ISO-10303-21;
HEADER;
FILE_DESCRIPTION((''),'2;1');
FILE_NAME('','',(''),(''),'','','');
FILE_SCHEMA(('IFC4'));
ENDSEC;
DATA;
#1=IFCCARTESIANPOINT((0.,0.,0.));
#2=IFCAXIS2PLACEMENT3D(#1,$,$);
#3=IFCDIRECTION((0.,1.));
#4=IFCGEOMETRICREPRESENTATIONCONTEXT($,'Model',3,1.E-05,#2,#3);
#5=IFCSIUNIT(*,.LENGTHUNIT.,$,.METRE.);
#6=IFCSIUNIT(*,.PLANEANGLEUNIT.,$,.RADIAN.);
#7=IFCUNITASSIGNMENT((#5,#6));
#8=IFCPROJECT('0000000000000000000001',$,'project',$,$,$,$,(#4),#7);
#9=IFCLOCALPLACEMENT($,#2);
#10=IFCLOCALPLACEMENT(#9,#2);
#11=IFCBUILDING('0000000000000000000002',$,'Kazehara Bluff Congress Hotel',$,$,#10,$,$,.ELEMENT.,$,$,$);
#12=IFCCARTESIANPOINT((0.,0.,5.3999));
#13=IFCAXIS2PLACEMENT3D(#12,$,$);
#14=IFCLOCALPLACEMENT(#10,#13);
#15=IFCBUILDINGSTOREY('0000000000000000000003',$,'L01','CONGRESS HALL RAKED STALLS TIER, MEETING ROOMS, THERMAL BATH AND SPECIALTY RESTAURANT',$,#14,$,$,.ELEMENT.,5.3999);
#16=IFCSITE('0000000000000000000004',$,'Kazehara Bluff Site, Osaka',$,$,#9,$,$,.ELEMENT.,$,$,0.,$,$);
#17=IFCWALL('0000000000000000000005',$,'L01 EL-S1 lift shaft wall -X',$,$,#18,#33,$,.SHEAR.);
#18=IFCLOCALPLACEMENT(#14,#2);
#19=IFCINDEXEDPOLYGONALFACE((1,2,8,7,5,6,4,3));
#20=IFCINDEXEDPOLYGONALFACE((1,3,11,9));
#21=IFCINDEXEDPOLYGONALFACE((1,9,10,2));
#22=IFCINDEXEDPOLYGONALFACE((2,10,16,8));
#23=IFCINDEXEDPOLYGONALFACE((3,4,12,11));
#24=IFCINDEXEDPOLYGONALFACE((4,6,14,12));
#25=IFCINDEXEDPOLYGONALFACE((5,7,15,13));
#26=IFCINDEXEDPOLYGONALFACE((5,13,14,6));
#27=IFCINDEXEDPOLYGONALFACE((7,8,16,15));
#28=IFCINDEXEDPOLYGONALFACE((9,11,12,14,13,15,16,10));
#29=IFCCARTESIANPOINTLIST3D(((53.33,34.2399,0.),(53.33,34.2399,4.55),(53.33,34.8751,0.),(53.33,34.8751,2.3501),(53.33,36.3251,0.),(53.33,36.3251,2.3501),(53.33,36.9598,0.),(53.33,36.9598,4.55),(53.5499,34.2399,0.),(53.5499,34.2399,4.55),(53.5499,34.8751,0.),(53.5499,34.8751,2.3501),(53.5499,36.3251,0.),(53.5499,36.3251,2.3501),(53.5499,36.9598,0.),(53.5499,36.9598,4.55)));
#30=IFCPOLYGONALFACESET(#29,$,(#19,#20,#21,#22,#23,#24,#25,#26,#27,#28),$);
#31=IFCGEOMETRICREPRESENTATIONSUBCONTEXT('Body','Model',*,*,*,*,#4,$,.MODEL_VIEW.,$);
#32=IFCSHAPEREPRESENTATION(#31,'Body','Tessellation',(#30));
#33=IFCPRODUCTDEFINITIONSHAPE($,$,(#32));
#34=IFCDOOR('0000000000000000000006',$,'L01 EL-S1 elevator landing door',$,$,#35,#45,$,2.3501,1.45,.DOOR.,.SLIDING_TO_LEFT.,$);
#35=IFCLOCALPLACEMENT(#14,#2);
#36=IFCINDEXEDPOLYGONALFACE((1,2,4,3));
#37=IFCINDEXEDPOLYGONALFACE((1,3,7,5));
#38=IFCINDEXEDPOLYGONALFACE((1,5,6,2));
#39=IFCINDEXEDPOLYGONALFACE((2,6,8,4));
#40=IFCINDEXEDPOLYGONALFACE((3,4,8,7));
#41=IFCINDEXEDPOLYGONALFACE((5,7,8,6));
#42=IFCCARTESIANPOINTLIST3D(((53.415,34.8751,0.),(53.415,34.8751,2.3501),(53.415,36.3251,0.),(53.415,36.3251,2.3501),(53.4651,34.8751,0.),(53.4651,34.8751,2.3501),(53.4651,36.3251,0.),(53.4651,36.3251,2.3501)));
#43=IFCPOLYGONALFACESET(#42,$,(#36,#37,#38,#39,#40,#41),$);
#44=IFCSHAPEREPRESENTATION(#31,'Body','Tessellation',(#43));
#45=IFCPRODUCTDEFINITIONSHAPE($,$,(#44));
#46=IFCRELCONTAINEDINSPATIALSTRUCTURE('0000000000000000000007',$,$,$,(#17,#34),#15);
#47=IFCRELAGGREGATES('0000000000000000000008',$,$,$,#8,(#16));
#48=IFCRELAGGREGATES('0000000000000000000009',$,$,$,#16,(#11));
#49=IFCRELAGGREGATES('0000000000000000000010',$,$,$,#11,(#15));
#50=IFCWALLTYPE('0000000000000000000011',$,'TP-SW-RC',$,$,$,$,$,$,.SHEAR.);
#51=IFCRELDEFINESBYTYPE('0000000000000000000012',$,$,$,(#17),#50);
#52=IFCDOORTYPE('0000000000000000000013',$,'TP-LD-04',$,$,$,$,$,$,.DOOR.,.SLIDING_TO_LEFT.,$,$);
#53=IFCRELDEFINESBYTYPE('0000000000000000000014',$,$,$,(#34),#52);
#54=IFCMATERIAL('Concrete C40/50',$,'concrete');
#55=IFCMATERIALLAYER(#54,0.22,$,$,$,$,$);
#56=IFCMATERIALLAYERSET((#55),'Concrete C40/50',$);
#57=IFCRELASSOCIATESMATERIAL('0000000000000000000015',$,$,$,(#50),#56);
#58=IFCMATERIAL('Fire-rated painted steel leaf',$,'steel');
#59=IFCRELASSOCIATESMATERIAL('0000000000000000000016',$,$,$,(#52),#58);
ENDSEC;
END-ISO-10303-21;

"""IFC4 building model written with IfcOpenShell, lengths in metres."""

from ifc_helpers import new_model, si_unit, direction, frame, frame_2d, origin, place, context, subcontext, project, spatial, rectangle, extrude, material, layer, layer_set, type_object, element, fill, save


model = new_model("IFC4")

# Units and contexts
model_context = context("Model", 3, precision=1e-05, world=origin(), true_north=direction((0.0, 1.0)))
body_context = subcontext(model_context, "Body", "Model", "MODEL_VIEW")
ifc_project = project(units=[si_unit("LENGTHUNIT", "METRE"), si_unit("PLANEANGLEUNIT", "RADIAN")], contexts=[model_context])

# Site, building, storey
site_placement = place(None, origin())
site = spatial("IfcSite", under=ifc_project, at=site_placement, Name="Kazehara Bluff Site, Osaka", CompositionType="ELEMENT", RefElevation=0.0)
building_placement = place(site_placement, origin())
building = spatial("IfcBuilding", under=site, at=building_placement, Name="Kazehara Bluff Congress Hotel", CompositionType="ELEMENT")
storey_placement = place(building_placement, frame((0.0, 0.0, 5.3999)))
storey = spatial("IfcBuildingStorey", under=building, at=storey_placement, Name="L01", Description="CONGRESS HALL RAKED STALLS TIER, MEETING ROOMS, THERMAL BATH AND SPECIALTY RESTAURANT", CompositionType="ELEMENT", Elevation=5.3999)

# Shared definitions
ifc_material_1 = material(Name="Concrete C40/50", Category="concrete")
ifc_layer_1 = layer(ifc_material_1, 0.22)
ifc_layer_set_1 = layer_set([ifc_layer_1], Name="Concrete C40/50")
wall_type_1 = type_object("IfcWallType", Name="TP-SW-RC", PredefinedType="SHEAR", material=ifc_layer_set_1)

# Wall, opening, door
wall_1_placement = place(storey_placement, frame((53.4399, 34.24, 0.0), z_axis=(0.0, 0.0, 1.0), x_axis=(0.0, 1.0, 0.0)))
wall_1 = element("IfcWall", 1, at=wall_1_placement, inside=storey, type_object=wall_type_1, Name="L01 EL-S1 lift shaft wall -X", PredefinedType="SHEAR", context=body_context, shape_type="SweptSolid", body=[
    extrude(rectangle(XDim=2.72, YDim=0.22, at=frame_2d((1.3599, 0.0))), origin(), (0.0, 0.0, 1.0), 4.55),
])
opening_placement = place(wall_1_placement, frame((0.635, 0.0, 0.0)))
opening = element("IfcOpeningElement", 2, at=opening_placement, cuts=wall_1, PredefinedType="OPENING", context=body_context, shape_type="SweptSolid", body=[
    extrude(rectangle(XDim=1.45, YDim=2.3501, at=frame_2d((0.7251, 1.175))), frame((0.0, 0.1199, 0.0), z_axis=(0.0, -1.0, 0.0), x_axis=(1.0, 0.0, 0.0)), (0.0, 0.0, 1.0), 0.24),
])
ifc_material_2 = material(Name="Fire-rated painted steel leaf", Category="steel")
door_type = type_object("IfcDoorType", Name="TP-LD-04", OperationType="SLIDING_TO_LEFT", PredefinedType="DOOR", material=ifc_material_2)
door_placement = place(opening_placement, origin())
door = element("IfcDoor", 3, at=door_placement, inside=storey, type_object=door_type, Name="L01 EL-S1 elevator landing door", OperationType="SLIDING_TO_LEFT", OverallHeight=2.3501, OverallWidth=1.45, PredefinedType="DOOR", context=body_context, shape_type="SweptSolid", body=[
    extrude(rectangle(XDim=1.45, YDim=2.3501, at=frame_2d((0.7251, 1.175))), frame((0.0, 0.0249, 0.0), z_axis=(0.0, -1.0, 0.0), x_axis=(1.0, 0.0, 0.0)), (0.0, 0.0, 1.0), 0.05),
])
fill(opening, door)

save(model, "model.ifc")
